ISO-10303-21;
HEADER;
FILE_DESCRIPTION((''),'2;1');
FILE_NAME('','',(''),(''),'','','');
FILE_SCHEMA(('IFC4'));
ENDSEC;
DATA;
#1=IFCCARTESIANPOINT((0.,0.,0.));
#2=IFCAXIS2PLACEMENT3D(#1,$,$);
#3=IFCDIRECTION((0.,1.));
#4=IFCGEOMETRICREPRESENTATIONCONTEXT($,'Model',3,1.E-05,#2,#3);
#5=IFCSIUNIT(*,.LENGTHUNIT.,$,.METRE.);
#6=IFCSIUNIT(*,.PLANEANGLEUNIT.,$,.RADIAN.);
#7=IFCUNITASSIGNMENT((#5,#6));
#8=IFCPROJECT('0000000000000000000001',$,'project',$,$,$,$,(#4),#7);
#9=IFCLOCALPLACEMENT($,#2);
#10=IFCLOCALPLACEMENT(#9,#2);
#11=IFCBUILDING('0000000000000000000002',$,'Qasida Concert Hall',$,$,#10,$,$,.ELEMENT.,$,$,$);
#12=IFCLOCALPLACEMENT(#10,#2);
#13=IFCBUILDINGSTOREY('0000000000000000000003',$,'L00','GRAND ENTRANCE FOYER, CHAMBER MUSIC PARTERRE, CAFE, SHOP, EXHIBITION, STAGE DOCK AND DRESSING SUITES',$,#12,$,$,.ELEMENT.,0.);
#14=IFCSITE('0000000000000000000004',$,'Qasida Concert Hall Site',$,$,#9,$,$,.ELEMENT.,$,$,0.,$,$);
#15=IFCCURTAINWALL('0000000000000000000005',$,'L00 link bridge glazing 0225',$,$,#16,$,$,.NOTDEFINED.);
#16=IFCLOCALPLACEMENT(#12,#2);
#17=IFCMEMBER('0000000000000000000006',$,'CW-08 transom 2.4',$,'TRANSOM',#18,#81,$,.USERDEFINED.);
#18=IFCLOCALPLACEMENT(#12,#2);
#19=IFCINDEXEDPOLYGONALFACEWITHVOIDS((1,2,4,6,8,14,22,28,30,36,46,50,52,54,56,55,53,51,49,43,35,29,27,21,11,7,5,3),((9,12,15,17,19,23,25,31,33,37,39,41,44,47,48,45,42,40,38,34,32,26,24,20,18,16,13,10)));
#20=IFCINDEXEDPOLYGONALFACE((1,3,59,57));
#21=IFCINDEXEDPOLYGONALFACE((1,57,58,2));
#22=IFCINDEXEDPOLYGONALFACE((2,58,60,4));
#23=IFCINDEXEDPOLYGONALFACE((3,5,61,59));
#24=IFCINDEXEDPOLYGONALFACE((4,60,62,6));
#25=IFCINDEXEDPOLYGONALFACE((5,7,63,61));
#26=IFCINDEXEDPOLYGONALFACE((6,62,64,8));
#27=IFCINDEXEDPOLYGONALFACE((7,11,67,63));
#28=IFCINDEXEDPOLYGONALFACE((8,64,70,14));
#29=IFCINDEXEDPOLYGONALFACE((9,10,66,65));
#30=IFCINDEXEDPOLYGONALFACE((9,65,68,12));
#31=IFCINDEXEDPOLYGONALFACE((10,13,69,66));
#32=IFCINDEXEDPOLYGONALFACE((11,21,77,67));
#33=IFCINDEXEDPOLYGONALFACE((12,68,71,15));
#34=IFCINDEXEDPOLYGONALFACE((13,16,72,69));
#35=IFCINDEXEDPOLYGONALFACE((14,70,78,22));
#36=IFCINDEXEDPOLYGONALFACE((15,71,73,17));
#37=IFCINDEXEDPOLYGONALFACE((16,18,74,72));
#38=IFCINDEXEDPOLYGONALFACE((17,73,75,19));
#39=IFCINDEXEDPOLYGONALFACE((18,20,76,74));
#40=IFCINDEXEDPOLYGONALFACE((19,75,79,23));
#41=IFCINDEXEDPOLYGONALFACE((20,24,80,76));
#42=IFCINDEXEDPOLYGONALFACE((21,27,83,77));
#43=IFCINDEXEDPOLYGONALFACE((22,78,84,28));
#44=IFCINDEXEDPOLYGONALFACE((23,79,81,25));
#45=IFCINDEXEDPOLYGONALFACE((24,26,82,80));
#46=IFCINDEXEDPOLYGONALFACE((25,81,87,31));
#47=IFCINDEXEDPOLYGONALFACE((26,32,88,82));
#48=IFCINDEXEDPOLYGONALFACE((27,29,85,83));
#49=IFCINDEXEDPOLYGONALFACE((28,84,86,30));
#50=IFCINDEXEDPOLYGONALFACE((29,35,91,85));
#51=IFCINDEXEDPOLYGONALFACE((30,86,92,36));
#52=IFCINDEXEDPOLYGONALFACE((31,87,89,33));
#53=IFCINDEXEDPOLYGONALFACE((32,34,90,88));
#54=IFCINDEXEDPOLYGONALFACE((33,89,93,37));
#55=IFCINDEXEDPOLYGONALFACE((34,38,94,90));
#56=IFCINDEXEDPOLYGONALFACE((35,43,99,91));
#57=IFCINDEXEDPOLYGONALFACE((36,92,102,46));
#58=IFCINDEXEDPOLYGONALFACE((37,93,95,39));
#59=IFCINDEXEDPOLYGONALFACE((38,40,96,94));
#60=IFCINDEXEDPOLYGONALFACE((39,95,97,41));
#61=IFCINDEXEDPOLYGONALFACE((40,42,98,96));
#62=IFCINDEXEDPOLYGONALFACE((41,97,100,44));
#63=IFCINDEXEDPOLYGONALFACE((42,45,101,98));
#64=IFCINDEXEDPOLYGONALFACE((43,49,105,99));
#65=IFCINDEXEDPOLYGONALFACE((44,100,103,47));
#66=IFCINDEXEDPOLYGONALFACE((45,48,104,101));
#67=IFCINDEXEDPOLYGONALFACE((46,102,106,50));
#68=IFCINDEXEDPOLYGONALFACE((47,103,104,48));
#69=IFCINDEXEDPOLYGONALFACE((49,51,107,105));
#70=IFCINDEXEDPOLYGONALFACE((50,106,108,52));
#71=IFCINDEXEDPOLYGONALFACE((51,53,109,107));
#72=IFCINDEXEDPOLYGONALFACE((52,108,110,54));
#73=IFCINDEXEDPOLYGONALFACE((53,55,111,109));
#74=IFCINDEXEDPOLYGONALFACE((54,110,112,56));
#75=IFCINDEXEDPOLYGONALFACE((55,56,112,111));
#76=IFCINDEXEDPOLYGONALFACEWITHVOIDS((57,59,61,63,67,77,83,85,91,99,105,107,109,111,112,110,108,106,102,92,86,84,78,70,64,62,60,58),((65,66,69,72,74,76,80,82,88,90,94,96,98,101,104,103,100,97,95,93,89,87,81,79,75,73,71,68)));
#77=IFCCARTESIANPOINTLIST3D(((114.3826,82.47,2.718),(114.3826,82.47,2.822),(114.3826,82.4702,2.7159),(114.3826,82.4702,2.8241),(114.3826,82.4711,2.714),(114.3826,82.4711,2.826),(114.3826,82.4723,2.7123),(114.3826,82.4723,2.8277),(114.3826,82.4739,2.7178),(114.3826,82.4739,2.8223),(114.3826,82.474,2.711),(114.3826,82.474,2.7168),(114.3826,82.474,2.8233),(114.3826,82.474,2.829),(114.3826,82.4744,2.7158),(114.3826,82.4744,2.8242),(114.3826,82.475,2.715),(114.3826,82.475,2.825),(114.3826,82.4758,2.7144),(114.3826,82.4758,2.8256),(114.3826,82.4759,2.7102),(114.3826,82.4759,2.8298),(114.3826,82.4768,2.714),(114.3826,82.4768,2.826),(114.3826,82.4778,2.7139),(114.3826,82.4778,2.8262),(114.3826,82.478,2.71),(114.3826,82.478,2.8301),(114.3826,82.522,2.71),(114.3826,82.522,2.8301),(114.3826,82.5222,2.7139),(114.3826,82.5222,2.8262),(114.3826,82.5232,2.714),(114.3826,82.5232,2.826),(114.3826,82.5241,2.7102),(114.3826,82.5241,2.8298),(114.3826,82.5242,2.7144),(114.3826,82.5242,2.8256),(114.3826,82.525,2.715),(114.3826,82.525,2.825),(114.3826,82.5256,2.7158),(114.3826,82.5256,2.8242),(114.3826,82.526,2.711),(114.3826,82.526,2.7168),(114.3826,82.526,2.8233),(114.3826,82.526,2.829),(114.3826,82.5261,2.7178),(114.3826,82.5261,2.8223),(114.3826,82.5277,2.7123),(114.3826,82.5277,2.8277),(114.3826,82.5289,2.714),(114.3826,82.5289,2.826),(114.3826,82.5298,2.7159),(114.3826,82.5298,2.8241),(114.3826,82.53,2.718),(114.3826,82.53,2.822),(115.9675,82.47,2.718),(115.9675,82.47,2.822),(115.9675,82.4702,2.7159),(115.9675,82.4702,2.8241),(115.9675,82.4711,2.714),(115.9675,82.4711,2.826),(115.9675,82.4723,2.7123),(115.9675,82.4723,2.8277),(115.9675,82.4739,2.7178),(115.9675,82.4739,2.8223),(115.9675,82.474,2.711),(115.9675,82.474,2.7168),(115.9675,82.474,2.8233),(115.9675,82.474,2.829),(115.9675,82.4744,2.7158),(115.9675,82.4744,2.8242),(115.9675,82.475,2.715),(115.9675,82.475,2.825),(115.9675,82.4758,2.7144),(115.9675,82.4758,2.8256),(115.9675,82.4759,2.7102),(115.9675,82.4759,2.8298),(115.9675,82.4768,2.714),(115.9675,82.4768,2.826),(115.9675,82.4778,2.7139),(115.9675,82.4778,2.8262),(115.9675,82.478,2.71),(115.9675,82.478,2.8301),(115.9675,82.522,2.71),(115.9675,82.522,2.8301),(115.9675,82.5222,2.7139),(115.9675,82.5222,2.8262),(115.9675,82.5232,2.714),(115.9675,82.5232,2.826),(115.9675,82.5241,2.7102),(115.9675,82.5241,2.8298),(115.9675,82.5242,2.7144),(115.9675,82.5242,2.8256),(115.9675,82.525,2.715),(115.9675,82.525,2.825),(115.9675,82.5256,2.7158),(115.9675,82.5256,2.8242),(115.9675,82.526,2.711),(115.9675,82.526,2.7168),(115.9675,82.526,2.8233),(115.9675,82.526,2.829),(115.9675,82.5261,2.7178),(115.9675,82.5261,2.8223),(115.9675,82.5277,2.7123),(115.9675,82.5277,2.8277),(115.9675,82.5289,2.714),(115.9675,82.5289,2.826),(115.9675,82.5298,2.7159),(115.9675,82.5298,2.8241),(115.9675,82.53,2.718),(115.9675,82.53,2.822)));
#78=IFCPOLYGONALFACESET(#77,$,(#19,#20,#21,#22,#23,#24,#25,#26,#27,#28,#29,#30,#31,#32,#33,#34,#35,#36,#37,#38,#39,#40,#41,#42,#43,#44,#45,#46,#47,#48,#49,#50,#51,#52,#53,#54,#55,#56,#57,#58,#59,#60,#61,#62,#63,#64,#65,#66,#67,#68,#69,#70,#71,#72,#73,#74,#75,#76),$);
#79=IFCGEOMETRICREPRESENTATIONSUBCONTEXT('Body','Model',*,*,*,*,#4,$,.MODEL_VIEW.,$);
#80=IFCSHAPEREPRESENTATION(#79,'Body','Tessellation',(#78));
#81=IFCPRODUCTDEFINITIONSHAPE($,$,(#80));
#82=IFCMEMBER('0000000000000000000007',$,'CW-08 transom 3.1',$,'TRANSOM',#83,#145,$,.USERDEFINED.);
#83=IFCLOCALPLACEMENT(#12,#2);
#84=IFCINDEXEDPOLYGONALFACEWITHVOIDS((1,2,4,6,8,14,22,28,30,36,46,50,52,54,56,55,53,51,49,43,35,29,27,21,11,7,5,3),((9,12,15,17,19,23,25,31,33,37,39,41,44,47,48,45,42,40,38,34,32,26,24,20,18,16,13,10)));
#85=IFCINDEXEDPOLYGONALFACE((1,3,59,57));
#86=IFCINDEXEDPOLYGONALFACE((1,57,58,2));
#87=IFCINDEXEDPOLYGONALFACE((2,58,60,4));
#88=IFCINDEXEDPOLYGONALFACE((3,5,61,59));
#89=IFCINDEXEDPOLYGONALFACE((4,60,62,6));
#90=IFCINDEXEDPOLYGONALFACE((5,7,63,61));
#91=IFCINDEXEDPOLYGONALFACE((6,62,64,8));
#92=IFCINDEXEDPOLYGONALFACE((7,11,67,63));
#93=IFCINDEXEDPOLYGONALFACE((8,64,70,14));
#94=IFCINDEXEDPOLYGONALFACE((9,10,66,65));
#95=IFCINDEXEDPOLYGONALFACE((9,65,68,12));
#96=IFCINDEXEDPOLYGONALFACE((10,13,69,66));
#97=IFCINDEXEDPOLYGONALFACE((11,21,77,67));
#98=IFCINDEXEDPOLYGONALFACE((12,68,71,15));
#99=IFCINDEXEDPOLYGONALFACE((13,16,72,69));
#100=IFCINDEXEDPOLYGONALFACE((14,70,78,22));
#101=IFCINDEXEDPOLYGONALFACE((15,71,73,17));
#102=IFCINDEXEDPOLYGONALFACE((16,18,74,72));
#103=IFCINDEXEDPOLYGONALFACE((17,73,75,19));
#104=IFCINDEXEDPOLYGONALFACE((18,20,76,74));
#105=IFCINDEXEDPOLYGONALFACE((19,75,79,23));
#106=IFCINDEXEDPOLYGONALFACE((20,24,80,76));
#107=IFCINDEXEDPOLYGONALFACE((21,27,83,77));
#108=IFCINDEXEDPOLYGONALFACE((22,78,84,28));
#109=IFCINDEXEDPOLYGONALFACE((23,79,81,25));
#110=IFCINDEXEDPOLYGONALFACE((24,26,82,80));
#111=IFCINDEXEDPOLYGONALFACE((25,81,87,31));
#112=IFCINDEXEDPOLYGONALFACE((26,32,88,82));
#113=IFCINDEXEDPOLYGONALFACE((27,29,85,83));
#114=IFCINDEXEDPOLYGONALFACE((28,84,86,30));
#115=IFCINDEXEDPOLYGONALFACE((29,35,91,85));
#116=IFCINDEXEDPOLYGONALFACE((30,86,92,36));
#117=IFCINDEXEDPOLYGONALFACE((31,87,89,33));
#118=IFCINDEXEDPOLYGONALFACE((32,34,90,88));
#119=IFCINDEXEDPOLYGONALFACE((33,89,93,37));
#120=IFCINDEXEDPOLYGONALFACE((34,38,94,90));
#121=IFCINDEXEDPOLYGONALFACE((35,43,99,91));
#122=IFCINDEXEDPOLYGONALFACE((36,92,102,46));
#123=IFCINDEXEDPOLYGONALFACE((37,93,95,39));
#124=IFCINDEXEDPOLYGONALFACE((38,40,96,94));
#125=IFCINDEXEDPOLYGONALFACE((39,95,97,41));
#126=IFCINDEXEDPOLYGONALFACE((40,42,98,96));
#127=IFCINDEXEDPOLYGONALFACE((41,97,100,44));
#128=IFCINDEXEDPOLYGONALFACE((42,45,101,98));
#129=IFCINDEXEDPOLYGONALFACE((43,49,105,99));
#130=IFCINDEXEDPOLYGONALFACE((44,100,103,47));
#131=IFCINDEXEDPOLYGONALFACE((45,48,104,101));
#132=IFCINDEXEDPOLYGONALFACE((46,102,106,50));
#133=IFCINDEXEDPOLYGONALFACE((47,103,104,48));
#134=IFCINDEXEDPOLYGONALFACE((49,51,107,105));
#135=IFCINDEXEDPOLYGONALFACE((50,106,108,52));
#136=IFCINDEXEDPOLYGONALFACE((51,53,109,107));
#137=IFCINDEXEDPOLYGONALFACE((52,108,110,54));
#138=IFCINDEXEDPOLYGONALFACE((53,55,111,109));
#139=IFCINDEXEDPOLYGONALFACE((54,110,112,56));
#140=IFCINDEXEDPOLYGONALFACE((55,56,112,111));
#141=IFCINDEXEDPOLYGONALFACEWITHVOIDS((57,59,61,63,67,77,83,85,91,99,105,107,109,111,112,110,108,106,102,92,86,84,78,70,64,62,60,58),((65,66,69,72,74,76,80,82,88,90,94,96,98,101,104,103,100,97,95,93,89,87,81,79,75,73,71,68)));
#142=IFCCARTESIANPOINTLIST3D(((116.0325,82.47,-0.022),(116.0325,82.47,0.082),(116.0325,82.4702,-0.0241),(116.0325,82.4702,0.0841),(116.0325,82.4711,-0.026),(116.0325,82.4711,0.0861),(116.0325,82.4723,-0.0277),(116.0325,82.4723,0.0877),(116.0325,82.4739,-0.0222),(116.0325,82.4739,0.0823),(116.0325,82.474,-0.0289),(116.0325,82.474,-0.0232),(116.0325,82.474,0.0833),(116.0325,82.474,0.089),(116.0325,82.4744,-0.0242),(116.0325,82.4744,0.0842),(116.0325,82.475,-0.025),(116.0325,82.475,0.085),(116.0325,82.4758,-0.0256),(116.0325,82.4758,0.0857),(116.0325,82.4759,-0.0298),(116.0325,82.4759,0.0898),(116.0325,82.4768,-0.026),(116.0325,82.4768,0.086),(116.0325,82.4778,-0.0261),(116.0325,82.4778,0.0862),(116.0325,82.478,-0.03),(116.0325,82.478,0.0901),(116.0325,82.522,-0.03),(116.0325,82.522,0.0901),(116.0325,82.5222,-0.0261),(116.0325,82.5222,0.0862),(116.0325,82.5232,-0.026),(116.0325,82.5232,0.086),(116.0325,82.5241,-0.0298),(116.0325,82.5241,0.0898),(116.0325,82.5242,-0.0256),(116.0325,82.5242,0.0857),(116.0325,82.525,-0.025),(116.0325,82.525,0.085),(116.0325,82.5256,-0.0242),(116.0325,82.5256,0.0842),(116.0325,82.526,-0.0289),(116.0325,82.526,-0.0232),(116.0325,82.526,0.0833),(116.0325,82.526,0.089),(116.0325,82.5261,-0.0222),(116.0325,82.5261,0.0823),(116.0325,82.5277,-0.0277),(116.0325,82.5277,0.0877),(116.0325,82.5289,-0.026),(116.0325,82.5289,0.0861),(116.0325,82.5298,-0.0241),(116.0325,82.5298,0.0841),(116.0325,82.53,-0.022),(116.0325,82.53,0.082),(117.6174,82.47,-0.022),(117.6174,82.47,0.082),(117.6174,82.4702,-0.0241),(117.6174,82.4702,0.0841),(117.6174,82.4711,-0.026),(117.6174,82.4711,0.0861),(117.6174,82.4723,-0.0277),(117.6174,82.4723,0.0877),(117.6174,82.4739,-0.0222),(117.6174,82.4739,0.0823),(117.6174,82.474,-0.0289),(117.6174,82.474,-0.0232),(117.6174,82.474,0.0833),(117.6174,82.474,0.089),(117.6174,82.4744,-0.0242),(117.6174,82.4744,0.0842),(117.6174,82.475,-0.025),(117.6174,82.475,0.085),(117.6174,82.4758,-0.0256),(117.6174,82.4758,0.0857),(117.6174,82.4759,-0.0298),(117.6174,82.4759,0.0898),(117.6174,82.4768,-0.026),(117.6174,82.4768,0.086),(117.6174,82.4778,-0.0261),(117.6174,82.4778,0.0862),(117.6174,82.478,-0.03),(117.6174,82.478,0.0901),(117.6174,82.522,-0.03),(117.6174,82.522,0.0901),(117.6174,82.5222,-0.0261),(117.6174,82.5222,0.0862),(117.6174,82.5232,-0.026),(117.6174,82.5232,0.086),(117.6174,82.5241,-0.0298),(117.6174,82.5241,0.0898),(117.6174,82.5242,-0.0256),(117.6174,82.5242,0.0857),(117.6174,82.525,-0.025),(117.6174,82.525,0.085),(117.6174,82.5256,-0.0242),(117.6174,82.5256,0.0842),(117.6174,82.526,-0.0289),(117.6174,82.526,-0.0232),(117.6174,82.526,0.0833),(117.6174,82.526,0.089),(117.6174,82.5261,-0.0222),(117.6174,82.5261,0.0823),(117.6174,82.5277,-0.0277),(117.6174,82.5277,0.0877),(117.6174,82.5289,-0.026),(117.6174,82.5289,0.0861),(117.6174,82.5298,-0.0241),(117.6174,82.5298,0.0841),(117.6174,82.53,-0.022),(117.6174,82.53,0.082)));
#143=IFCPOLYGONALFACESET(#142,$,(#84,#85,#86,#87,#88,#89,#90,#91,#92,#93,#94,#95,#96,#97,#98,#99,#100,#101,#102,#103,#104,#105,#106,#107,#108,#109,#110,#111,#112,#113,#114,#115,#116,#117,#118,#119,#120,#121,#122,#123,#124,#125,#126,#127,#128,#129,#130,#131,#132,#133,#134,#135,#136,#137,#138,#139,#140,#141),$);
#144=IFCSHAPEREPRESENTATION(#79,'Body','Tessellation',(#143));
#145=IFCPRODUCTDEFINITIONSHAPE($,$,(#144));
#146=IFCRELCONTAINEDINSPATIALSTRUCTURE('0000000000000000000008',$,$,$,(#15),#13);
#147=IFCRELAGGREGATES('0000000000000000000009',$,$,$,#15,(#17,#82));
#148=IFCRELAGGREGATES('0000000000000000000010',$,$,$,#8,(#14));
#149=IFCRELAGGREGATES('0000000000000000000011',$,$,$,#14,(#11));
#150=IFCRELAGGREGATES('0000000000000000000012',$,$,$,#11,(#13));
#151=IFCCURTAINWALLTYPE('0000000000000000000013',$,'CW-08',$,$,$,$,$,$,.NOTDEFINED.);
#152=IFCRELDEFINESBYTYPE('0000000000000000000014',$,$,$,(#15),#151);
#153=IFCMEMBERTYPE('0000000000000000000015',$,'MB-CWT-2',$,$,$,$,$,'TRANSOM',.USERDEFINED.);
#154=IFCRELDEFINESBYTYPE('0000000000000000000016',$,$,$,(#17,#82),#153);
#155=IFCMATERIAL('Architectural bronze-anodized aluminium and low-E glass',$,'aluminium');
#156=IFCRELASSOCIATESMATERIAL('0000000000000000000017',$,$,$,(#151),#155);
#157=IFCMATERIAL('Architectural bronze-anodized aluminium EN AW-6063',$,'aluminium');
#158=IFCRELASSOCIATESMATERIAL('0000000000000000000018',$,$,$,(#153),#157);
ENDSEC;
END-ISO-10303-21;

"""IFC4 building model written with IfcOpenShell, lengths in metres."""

from ifc_helpers import new_model, si_unit, direction, frame, origin, origin_2d, place, context, subcontext, project, spatial, hollow_rectangle, extrude, material, material_profile, profile_set, type_object, element, aggregate, save


model = new_model("IFC4")

# Units and contexts
model_context = context("Model", 3, precision=1e-05, world=origin(), true_north=direction((0.0, 1.0)))
body_context = subcontext(model_context, "Body", "Model", "MODEL_VIEW")
ifc_project = project(units=[si_unit("LENGTHUNIT", "METRE"), si_unit("PLANEANGLEUNIT", "RADIAN")], contexts=[model_context])

# Site, building, storey
site_placement = place(None, origin())
site = spatial("IfcSite", under=ifc_project, at=site_placement, Name="Qasida Concert Hall Site", CompositionType="ELEMENT", RefElevation=0.0)
building_placement = place(site_placement, origin())
building = spatial("IfcBuilding", under=site, at=building_placement, Name="Qasida Concert Hall", CompositionType="ELEMENT")
storey_placement = place(building_placement, origin())
storey = spatial("IfcBuildingStorey", under=building, at=storey_placement, Name="L00", Description="GRAND ENTRANCE FOYER, CHAMBER MUSIC PARTERRE, CAFE, SHOP, EXHIBITION, STAGE DOCK AND DRESSING SUITES", CompositionType="ELEMENT", Elevation=0.0)

# Curtain wall, members
ifc_material_1 = material(Name="Architectural bronze-anodized aluminium and low-E glass", Category="aluminium")
curtain_wall_type = type_object("IfcCurtainWallType", Name="CW-08", PredefinedType="NOTDEFINED", material=ifc_material_1)
curtain_wall_placement = place(storey_placement, origin())
curtain_wall = element("IfcCurtainWall", 1, at=curtain_wall_placement, inside=storey, type_object=curtain_wall_type, Name="L00 link bridge glazing 0225", PredefinedType="NOTDEFINED")
ifc_material_2 = material(Name="Architectural bronze-anodized aluminium EN AW-6063", Category="aluminium")
ifc_material_profile_1 = material_profile(ifc_material_2, hollow_rectangle(XDim=0.0601, YDim=0.1201, WallThickness=0.0039, InnerFilletRadius=0.0039, OuterFilletRadius=0.0081, at=origin_2d()), Name="CWT 120x60x4")
ifc_profile_set_1 = profile_set([ifc_material_profile_1], Name="Architectural bronze-anodized aluminium EN AW-6063")
member_type_1 = type_object("IfcMemberType", Name="MB-CWT-2", ElementType="TRANSOM", PredefinedType="USERDEFINED", material=ifc_profile_set_1)
member_1_placement = place(storey_placement, frame((114.3826, 82.5, 2.77), z_axis=(1.0, 0.0, 0.0), x_axis=(0.0, 1.0, 0.0)))
member_1 = element("IfcMember", 2, at=member_1_placement, type_object=member_type_1, Name="CW-08 transom 2.4", ObjectType="TRANSOM", PredefinedType="USERDEFINED", context=body_context, shape_type="SweptSolid", body=[
    extrude(hollow_rectangle(XDim=0.0601, YDim=0.1201, WallThickness=0.0039, InnerFilletRadius=0.0039, OuterFilletRadius=0.0081, at=origin_2d()), origin(), (0.0, 0.0, 1.0), 1.585),
])
member_2_placement = place(storey_placement, frame((116.0325, 82.5, 0.03), z_axis=(1.0, 0.0, 0.0), x_axis=(0.0, 1.0, 0.0)))
member_2 = element("IfcMember", 3, at=member_2_placement, type_object=member_type_1, Name="CW-08 transom 3.1", ObjectType="TRANSOM", PredefinedType="USERDEFINED", context=body_context, shape_type="SweptSolid", body=[
    extrude(hollow_rectangle(XDim=0.0601, YDim=0.1201, WallThickness=0.0039, InnerFilletRadius=0.0039, OuterFilletRadius=0.0081, at=origin_2d()), origin(), (0.0, 0.0, 1.0), 1.585),
])
aggregate(curtain_wall, [member_1, member_2])

save(model, "model.ifc")
